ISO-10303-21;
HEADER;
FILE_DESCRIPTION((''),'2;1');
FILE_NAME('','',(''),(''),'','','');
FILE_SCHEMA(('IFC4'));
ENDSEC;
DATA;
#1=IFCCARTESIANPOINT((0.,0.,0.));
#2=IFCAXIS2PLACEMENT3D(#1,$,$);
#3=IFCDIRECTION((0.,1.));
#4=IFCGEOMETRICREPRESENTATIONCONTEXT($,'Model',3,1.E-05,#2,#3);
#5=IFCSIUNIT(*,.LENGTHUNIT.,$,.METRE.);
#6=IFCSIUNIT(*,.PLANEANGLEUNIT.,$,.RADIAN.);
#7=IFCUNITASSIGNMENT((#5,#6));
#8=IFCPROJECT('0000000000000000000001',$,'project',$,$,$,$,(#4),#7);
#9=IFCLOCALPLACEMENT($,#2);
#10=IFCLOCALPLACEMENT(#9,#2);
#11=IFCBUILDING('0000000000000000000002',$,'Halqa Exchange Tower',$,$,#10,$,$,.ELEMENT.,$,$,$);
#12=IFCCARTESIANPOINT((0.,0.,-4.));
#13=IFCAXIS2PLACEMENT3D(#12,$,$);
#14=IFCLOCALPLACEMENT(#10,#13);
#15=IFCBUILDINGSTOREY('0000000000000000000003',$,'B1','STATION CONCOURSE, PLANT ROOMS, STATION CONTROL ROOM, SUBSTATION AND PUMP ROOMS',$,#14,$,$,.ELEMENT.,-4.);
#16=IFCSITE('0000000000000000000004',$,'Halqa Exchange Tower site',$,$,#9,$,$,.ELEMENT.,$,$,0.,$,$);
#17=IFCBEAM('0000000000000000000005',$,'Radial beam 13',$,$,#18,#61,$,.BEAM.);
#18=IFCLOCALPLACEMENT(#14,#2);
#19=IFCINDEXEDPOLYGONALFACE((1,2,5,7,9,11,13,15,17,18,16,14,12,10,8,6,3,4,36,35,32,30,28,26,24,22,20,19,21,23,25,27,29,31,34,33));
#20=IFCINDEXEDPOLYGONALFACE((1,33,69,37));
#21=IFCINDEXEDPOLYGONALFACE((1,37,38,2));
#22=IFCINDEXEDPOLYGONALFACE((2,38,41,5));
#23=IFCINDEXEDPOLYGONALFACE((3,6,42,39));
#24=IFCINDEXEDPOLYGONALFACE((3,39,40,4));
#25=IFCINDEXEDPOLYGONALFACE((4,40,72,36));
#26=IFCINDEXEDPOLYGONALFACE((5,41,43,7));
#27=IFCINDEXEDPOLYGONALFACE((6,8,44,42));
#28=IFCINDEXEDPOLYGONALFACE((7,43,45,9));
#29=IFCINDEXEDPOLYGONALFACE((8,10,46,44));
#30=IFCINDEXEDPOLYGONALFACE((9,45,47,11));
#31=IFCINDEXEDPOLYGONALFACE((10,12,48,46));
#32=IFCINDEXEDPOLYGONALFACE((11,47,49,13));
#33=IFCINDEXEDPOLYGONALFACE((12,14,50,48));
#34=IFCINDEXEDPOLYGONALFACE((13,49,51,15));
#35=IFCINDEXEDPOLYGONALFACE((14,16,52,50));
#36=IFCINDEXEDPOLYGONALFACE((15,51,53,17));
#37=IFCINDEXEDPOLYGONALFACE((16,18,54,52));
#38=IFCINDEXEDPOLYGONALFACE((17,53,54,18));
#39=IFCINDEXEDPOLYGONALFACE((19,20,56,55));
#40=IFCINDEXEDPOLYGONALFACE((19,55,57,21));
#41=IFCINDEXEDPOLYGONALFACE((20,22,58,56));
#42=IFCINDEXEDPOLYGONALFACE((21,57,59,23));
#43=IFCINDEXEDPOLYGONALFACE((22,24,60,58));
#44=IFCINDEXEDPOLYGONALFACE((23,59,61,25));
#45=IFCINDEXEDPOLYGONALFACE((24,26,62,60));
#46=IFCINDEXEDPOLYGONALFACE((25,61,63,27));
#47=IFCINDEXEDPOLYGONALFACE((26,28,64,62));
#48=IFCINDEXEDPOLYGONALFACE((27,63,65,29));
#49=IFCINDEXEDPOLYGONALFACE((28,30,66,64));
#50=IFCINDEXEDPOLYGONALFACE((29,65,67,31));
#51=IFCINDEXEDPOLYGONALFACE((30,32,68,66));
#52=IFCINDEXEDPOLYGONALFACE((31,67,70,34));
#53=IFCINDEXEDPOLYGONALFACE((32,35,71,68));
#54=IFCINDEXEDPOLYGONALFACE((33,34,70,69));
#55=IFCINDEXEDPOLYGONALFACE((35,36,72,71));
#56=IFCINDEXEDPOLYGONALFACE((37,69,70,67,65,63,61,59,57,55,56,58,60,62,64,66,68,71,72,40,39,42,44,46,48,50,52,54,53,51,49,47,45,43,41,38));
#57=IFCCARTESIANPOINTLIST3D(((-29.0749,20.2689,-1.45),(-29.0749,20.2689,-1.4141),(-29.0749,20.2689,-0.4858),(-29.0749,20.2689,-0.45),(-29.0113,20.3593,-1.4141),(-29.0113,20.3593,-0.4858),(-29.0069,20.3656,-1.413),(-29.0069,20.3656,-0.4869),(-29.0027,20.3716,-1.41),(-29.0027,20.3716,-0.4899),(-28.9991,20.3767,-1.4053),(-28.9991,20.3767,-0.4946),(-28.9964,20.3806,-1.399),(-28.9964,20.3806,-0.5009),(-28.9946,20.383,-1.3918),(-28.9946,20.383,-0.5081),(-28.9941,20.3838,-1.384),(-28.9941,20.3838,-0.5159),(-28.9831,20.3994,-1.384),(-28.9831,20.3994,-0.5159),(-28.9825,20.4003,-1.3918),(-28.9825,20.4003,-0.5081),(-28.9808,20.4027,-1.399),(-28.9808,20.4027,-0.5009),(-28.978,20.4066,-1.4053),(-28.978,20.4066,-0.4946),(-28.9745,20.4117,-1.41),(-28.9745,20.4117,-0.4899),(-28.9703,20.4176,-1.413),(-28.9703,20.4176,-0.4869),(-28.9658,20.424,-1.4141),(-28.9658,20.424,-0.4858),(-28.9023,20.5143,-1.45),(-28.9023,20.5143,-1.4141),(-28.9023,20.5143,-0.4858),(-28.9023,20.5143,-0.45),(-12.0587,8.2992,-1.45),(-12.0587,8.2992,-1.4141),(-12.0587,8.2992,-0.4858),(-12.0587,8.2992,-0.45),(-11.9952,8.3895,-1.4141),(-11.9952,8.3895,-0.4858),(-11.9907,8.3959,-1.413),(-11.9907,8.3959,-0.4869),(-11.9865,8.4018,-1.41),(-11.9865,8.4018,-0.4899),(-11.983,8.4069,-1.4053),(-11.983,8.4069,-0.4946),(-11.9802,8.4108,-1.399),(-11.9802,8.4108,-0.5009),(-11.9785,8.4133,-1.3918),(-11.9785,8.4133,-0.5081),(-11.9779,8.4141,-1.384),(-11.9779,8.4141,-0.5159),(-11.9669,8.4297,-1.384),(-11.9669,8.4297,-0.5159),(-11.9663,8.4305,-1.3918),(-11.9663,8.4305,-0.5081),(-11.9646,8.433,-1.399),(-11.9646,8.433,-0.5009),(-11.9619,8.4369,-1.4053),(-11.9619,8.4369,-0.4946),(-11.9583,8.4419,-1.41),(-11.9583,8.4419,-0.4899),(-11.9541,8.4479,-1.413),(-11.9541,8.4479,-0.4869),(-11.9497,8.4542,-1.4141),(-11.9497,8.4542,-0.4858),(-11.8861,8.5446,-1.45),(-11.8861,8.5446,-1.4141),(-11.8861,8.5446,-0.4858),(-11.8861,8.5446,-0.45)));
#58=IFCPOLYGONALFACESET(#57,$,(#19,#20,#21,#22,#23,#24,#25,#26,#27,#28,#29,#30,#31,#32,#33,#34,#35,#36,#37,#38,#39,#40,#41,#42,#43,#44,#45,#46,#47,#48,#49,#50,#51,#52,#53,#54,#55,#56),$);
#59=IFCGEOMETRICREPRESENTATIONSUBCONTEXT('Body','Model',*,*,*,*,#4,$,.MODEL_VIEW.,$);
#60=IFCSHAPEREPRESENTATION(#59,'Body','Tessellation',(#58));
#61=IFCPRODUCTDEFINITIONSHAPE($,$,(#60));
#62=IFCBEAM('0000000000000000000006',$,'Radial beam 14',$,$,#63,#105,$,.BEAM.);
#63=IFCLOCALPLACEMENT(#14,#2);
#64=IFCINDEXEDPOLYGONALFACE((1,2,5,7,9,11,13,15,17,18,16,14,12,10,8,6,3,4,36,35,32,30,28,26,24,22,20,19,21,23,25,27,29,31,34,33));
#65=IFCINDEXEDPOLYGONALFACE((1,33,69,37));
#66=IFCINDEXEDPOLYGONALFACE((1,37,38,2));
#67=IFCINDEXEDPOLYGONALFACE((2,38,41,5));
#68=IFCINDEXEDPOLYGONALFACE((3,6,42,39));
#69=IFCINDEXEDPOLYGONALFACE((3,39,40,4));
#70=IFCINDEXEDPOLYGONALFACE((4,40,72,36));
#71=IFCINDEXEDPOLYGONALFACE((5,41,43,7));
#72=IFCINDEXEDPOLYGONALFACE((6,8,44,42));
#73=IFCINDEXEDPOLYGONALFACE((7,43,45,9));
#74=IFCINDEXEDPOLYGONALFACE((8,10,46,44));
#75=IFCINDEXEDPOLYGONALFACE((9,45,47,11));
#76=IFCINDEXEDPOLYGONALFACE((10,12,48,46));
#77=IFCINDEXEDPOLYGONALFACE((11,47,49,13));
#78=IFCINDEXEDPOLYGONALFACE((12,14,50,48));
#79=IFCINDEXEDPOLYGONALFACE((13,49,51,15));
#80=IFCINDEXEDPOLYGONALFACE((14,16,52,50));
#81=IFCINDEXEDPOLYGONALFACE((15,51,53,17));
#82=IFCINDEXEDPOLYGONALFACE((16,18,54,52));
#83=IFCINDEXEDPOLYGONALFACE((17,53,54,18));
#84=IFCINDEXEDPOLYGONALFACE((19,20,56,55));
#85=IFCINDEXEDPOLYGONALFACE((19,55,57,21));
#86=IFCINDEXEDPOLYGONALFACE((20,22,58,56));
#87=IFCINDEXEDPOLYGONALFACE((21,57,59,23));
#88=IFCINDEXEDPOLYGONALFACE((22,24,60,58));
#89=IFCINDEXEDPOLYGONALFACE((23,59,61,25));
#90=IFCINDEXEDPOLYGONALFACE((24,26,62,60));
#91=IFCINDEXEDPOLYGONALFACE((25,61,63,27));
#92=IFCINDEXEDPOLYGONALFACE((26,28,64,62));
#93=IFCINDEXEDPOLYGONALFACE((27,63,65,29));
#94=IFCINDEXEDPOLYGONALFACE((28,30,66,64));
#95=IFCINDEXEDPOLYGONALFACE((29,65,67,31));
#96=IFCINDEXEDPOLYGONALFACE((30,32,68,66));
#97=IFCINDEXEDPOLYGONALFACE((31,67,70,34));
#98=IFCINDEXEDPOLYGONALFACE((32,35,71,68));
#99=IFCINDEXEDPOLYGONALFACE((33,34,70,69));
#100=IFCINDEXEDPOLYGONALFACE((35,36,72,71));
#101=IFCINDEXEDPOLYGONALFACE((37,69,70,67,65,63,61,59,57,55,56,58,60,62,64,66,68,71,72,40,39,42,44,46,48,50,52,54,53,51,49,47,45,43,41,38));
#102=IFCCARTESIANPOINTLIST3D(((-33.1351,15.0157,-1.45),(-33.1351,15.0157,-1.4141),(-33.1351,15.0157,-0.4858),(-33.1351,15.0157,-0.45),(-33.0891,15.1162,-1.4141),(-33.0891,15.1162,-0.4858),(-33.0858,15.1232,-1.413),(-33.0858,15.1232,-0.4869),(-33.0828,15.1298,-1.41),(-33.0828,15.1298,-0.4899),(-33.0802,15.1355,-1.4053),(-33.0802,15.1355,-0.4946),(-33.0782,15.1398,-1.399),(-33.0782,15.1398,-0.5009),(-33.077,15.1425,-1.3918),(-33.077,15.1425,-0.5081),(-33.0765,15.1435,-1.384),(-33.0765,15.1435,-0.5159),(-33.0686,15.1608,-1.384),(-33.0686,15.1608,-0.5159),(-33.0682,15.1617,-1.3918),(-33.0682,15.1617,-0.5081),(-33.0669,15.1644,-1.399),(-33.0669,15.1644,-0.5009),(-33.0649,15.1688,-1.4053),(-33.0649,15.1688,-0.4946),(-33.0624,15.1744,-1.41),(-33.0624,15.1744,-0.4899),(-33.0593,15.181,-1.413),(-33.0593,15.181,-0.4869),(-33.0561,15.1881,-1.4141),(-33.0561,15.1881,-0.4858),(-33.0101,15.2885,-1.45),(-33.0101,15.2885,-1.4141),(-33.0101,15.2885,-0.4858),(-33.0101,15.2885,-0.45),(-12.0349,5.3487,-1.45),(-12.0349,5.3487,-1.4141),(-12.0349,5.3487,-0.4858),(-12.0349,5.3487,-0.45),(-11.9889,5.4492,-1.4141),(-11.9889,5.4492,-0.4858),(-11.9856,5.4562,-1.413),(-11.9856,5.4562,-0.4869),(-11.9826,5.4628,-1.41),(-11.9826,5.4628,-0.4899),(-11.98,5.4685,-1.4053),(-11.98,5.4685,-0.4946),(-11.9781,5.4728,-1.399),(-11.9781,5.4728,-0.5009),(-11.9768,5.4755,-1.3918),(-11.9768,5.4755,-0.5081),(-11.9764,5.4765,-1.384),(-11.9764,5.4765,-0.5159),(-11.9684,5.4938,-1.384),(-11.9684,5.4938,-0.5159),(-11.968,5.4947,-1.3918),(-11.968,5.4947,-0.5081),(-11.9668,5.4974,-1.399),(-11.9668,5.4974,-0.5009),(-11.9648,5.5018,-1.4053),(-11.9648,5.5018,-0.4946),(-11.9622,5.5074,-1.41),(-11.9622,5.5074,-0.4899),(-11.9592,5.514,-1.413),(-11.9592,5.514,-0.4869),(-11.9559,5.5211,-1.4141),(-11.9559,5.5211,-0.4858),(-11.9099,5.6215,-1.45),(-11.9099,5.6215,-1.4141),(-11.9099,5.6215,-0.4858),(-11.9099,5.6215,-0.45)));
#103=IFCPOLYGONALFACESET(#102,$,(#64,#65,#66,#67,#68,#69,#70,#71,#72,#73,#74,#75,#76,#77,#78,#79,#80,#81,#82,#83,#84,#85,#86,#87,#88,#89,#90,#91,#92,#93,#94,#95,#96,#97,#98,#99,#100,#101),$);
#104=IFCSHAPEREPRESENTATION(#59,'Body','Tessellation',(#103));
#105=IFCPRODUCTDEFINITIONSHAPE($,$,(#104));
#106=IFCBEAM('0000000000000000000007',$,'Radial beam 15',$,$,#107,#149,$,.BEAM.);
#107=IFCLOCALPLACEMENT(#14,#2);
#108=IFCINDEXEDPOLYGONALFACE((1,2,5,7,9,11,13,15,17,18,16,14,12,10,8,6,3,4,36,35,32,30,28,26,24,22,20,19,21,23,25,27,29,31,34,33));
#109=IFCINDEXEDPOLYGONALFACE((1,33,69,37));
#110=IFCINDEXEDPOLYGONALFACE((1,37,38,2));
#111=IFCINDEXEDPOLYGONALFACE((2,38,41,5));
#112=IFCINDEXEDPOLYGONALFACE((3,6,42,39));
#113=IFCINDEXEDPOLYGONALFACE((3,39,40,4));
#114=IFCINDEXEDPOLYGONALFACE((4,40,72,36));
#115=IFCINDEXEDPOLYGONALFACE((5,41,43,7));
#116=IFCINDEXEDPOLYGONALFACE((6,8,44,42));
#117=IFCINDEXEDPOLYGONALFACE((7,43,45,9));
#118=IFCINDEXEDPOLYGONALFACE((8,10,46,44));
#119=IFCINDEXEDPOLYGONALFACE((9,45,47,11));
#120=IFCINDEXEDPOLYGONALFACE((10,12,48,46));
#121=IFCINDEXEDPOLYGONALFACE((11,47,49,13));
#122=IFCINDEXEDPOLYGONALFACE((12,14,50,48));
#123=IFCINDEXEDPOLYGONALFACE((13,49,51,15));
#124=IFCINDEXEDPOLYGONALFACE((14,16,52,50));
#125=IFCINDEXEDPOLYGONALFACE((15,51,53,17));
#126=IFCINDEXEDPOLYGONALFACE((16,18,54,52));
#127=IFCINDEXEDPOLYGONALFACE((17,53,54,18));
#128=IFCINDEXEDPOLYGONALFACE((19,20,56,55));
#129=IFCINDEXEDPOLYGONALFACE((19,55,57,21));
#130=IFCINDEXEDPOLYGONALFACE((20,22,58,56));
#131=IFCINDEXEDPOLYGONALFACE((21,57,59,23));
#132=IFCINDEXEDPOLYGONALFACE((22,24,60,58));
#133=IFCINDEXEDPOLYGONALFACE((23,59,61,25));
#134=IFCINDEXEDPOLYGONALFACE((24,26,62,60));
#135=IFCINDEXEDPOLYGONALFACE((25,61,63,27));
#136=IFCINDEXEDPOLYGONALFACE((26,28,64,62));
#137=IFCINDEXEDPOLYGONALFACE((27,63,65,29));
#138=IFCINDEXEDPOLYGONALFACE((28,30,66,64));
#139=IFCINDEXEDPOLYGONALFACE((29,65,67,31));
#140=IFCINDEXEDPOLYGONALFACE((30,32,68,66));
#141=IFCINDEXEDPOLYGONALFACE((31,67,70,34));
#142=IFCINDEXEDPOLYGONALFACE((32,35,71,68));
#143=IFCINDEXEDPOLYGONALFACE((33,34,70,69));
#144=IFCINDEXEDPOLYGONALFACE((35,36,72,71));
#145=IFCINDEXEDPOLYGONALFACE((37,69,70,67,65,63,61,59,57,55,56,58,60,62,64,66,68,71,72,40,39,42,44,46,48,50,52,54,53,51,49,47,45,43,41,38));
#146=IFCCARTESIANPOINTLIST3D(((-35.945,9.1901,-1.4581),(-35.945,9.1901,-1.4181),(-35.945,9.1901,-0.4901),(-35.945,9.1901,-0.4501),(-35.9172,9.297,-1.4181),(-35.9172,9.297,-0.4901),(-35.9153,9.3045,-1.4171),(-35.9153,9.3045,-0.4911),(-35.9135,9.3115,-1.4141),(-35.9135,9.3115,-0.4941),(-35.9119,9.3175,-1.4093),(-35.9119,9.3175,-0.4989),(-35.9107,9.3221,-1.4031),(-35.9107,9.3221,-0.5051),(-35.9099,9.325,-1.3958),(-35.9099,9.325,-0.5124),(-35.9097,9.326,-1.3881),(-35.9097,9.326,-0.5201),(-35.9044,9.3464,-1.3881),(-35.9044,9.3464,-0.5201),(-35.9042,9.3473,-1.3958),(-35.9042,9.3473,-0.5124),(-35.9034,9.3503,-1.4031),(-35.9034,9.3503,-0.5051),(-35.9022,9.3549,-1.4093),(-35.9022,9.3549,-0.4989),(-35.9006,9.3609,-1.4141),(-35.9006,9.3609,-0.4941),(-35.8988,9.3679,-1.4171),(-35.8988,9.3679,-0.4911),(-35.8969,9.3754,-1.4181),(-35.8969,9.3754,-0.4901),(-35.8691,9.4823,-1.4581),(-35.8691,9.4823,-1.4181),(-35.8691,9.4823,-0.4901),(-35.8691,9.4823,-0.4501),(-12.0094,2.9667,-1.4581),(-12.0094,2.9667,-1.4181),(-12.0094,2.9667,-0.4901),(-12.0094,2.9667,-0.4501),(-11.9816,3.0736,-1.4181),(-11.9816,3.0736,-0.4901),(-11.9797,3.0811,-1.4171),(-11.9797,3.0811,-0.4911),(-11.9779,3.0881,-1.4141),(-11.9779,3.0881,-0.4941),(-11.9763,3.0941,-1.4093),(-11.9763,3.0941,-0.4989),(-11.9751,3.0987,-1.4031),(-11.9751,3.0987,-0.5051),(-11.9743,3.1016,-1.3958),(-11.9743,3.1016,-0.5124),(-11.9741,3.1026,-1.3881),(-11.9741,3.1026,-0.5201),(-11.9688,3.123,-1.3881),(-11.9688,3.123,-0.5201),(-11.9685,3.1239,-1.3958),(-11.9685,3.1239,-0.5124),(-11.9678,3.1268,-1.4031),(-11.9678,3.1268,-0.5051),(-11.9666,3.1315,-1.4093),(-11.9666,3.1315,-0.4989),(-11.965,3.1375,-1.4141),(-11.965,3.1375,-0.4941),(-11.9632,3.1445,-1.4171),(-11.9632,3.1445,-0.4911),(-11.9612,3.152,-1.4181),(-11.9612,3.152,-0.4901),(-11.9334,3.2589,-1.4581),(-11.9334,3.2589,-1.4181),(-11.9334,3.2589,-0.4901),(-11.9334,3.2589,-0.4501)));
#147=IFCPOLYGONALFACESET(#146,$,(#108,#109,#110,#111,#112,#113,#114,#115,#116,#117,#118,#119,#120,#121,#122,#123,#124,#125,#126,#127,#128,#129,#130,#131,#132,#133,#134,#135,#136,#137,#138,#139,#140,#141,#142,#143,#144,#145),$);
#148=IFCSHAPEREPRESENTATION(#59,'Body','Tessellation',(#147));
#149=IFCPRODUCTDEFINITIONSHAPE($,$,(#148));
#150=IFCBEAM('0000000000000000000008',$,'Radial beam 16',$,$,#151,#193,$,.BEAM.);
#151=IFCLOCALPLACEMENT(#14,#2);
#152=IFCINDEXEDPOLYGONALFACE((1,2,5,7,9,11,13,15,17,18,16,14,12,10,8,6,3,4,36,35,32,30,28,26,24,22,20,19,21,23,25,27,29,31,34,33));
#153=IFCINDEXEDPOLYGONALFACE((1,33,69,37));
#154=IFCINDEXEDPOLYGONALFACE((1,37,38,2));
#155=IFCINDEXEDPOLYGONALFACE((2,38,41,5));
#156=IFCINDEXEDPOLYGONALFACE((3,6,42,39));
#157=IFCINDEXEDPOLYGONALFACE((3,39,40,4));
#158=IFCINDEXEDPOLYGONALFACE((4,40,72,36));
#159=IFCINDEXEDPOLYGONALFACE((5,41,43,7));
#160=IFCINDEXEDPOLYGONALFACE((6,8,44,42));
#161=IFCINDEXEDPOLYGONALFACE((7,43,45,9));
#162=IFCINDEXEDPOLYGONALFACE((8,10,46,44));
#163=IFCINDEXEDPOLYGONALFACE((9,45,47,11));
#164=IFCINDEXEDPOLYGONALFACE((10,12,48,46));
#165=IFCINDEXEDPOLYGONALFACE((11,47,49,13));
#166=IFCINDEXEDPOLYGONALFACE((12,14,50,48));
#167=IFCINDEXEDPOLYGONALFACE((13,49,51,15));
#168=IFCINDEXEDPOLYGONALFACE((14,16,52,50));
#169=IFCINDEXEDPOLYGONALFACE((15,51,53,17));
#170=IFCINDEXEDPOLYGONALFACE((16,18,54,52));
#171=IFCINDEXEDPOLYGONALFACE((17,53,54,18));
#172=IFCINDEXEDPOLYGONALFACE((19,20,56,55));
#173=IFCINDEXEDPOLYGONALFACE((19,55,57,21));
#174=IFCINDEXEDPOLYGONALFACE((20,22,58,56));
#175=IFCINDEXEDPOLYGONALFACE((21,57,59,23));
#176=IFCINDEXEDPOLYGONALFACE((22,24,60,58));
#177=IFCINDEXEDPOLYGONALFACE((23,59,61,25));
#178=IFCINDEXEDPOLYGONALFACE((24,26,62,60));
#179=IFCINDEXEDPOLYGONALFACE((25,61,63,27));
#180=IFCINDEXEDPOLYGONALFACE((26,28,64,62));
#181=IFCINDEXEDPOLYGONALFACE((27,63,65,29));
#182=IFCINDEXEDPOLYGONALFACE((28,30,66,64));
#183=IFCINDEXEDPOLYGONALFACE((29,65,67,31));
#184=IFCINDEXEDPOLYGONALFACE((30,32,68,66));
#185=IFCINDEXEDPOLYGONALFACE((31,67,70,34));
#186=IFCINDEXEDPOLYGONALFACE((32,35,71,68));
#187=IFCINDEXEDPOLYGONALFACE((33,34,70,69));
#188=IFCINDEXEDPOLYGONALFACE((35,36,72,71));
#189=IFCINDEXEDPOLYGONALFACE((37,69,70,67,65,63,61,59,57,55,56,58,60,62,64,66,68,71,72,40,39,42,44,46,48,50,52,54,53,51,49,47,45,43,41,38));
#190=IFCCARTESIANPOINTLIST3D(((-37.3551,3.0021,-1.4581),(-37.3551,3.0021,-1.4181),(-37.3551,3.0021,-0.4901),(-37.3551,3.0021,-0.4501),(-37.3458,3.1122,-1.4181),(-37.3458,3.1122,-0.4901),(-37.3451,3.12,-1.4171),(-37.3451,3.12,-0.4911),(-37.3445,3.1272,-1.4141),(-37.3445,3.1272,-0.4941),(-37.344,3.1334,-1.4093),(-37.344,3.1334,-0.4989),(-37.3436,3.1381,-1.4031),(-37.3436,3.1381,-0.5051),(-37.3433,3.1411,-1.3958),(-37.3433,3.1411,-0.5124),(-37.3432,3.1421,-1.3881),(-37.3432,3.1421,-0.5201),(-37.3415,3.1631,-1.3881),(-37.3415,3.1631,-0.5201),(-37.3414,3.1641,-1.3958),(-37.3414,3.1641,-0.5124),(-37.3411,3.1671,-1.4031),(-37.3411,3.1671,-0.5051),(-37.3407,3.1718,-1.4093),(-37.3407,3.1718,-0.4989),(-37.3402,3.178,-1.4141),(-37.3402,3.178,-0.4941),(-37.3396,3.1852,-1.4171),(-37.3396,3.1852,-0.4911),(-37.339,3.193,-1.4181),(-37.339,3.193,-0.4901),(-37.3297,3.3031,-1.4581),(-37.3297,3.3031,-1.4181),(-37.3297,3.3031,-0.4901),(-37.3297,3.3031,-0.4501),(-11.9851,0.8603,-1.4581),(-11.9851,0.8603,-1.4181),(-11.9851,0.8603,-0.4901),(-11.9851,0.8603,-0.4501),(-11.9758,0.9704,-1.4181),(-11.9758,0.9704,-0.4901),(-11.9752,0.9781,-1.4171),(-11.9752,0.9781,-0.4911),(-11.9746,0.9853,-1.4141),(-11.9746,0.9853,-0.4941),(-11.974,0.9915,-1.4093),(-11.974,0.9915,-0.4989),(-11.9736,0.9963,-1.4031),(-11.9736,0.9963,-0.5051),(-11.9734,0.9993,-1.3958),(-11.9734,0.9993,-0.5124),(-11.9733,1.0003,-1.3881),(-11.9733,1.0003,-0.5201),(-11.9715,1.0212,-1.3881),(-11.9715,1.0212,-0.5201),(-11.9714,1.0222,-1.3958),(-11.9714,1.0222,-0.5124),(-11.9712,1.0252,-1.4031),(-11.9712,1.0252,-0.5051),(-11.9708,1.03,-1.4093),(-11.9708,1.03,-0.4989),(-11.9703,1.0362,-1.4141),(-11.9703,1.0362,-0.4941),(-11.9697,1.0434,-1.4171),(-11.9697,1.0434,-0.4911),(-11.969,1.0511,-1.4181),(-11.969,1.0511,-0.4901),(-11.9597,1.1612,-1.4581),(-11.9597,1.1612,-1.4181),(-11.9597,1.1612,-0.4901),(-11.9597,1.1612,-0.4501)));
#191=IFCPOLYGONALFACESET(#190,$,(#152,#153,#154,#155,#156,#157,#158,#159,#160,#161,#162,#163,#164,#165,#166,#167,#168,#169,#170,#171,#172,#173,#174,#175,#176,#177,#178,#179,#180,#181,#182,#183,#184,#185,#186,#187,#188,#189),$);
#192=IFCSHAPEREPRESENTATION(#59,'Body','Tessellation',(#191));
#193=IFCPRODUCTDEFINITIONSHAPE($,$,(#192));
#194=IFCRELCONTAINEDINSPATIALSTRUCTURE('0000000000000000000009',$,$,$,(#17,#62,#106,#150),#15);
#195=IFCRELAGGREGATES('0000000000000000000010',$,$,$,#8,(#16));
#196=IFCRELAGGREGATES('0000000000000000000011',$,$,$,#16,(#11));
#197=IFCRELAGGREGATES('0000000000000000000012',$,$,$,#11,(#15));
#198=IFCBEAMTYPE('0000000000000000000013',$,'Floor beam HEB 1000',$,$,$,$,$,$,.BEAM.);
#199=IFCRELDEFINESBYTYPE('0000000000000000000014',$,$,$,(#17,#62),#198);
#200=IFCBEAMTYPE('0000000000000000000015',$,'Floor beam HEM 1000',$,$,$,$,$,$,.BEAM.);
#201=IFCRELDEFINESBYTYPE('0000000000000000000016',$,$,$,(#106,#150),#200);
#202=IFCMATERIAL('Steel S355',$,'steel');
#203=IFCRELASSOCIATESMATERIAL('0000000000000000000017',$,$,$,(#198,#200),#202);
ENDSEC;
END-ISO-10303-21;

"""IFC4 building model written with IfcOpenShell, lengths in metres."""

from ifc_helpers import new_model, si_unit, direction, frame, origin, origin_2d, place, context, subcontext, project, spatial, i_section, extrude, material, material_profile, profile_set, type_object, element, save


model = new_model("IFC4")

# Units and contexts
model_context = context("Model", 3, precision=1e-05, world=origin(), true_north=direction((0.0, 1.0)))
body_context = subcontext(model_context, "Body", "Model", "MODEL_VIEW")
ifc_project = project(units=[si_unit("LENGTHUNIT", "METRE"), si_unit("PLANEANGLEUNIT", "RADIAN")], contexts=[model_context])

# Site, building, storey
site_placement = place(None, origin())
site = spatial("IfcSite", under=ifc_project, at=site_placement, Name="Halqa Exchange Tower site", CompositionType="ELEMENT", RefElevation=0.0)
building_placement = place(site_placement, origin())
building = spatial("IfcBuilding", under=site, at=building_placement, Name="Halqa Exchange Tower", CompositionType="ELEMENT")
storey_placement = place(building_placement, frame((0.0, 0.0, -4.0)))
storey = spatial("IfcBuildingStorey", under=building, at=storey_placement, Name="B1", Description="STATION CONCOURSE, PLANT ROOMS, STATION CONTROL ROOM, SUBSTATION AND PUMP ROOMS", CompositionType="ELEMENT", Elevation=-4.0)

# Beams
ifc_material_1 = material(Name="Steel S355", Category="steel")
ifc_material_profile_1 = material_profile(ifc_material_1, i_section(OverallWidth=0.3, OverallDepth=1.0, WebThickness=0.019, FlangeThickness=0.0359, FilletRadius=0.03, at=origin_2d()), Name="HEB 1000")
ifc_profile_set_1 = profile_set([ifc_material_profile_1], Name="Steel S355")
beam_type_1 = type_object("IfcBeamType", Name="Floor beam HEB 1000", PredefinedType="BEAM", material=ifc_profile_set_1)
beam_1_placement = place(storey_placement, frame((-11.9724, 8.4219, -0.95), z_axis=(-0.81791, 0.575346, 0.0), x_axis=(-0.575346, -0.81791, 0.0)))
element("IfcBeam", 1, at=beam_1_placement, inside=storey, type_object=beam_type_1, Name="Radial beam 13", PredefinedType="BEAM", context=body_context, shape_type="SweptSolid", body=[
    extrude(i_section(OverallWidth=0.3, OverallDepth=1.0, WebThickness=0.019, FlangeThickness=0.0359, FilletRadius=0.03, at=origin_2d()), origin(), (0.0, 0.0, 1.0), 20.8044),
])
beam_2_placement = place(storey_placement, frame((-11.9724, 5.4851, -0.95), z_axis=(-0.909128, 0.416516, 0.0), x_axis=(-0.416516, -0.909128, 0.0)))
element("IfcBeam", 2, at=beam_2_placement, inside=storey, type_object=beam_type_1, Name="Radial beam 14", PredefinedType="BEAM", context=body_context, shape_type="SweptSolid", body=[
    extrude(i_section(OverallWidth=0.3, OverallDepth=1.0, WebThickness=0.019, FlangeThickness=0.0359, FilletRadius=0.03, at=origin_2d()), origin(), (0.0, 0.0, 1.0), 23.2092),
])
ifc_material_profile_2 = material_profile(ifc_material_1, i_section(OverallWidth=0.302, OverallDepth=1.0081, WebThickness=0.021, FlangeThickness=0.04, FilletRadius=0.03, at=origin_2d()), Name="HEM 1000")
ifc_profile_set_2 = profile_set([ifc_material_profile_2], Name="Steel S355")
beam_type_2 = type_object("IfcBeamType", Name="Floor beam HEM 1000", PredefinedType="BEAM", material=ifc_profile_set_2)
beam_3_placement = place(storey_placement, frame((-11.9714, 3.1128, -0.9541), z_axis=(-0.967821, 0.251639, 0.0), x_axis=(-0.251639, -0.967821, 0.0)))
element("IfcBeam", 3, at=beam_3_placement, inside=storey, type_object=beam_type_2, Name="Radial beam 15", PredefinedType="BEAM", context=body_context, shape_type="SweptSolid", body=[
    extrude(i_section(OverallWidth=0.302, OverallDepth=1.0081, WebThickness=0.021, FlangeThickness=0.04, FilletRadius=0.03, at=origin_2d()), origin(), (0.0, 0.0, 1.0), 24.7314),
])
beam_4_placement = place(storey_placement, frame((-11.9724, 1.0107, -0.9541), z_axis=(-0.996455, 0.084125, 0.0), x_axis=(-0.084125, -0.996455, 0.0)))
element("IfcBeam", 4, at=beam_4_placement, inside=storey, type_object=beam_type_2, Name="Radial beam 16", PredefinedType="BEAM", context=body_context, shape_type="SweptSolid", body=[
    extrude(i_section(OverallWidth=0.302, OverallDepth=1.0081, WebThickness=0.021, FlangeThickness=0.04, FilletRadius=0.03, at=origin_2d()), origin(), (0.0, 0.0, 1.0), 25.4602),
])

save(model, "model.ifc")
